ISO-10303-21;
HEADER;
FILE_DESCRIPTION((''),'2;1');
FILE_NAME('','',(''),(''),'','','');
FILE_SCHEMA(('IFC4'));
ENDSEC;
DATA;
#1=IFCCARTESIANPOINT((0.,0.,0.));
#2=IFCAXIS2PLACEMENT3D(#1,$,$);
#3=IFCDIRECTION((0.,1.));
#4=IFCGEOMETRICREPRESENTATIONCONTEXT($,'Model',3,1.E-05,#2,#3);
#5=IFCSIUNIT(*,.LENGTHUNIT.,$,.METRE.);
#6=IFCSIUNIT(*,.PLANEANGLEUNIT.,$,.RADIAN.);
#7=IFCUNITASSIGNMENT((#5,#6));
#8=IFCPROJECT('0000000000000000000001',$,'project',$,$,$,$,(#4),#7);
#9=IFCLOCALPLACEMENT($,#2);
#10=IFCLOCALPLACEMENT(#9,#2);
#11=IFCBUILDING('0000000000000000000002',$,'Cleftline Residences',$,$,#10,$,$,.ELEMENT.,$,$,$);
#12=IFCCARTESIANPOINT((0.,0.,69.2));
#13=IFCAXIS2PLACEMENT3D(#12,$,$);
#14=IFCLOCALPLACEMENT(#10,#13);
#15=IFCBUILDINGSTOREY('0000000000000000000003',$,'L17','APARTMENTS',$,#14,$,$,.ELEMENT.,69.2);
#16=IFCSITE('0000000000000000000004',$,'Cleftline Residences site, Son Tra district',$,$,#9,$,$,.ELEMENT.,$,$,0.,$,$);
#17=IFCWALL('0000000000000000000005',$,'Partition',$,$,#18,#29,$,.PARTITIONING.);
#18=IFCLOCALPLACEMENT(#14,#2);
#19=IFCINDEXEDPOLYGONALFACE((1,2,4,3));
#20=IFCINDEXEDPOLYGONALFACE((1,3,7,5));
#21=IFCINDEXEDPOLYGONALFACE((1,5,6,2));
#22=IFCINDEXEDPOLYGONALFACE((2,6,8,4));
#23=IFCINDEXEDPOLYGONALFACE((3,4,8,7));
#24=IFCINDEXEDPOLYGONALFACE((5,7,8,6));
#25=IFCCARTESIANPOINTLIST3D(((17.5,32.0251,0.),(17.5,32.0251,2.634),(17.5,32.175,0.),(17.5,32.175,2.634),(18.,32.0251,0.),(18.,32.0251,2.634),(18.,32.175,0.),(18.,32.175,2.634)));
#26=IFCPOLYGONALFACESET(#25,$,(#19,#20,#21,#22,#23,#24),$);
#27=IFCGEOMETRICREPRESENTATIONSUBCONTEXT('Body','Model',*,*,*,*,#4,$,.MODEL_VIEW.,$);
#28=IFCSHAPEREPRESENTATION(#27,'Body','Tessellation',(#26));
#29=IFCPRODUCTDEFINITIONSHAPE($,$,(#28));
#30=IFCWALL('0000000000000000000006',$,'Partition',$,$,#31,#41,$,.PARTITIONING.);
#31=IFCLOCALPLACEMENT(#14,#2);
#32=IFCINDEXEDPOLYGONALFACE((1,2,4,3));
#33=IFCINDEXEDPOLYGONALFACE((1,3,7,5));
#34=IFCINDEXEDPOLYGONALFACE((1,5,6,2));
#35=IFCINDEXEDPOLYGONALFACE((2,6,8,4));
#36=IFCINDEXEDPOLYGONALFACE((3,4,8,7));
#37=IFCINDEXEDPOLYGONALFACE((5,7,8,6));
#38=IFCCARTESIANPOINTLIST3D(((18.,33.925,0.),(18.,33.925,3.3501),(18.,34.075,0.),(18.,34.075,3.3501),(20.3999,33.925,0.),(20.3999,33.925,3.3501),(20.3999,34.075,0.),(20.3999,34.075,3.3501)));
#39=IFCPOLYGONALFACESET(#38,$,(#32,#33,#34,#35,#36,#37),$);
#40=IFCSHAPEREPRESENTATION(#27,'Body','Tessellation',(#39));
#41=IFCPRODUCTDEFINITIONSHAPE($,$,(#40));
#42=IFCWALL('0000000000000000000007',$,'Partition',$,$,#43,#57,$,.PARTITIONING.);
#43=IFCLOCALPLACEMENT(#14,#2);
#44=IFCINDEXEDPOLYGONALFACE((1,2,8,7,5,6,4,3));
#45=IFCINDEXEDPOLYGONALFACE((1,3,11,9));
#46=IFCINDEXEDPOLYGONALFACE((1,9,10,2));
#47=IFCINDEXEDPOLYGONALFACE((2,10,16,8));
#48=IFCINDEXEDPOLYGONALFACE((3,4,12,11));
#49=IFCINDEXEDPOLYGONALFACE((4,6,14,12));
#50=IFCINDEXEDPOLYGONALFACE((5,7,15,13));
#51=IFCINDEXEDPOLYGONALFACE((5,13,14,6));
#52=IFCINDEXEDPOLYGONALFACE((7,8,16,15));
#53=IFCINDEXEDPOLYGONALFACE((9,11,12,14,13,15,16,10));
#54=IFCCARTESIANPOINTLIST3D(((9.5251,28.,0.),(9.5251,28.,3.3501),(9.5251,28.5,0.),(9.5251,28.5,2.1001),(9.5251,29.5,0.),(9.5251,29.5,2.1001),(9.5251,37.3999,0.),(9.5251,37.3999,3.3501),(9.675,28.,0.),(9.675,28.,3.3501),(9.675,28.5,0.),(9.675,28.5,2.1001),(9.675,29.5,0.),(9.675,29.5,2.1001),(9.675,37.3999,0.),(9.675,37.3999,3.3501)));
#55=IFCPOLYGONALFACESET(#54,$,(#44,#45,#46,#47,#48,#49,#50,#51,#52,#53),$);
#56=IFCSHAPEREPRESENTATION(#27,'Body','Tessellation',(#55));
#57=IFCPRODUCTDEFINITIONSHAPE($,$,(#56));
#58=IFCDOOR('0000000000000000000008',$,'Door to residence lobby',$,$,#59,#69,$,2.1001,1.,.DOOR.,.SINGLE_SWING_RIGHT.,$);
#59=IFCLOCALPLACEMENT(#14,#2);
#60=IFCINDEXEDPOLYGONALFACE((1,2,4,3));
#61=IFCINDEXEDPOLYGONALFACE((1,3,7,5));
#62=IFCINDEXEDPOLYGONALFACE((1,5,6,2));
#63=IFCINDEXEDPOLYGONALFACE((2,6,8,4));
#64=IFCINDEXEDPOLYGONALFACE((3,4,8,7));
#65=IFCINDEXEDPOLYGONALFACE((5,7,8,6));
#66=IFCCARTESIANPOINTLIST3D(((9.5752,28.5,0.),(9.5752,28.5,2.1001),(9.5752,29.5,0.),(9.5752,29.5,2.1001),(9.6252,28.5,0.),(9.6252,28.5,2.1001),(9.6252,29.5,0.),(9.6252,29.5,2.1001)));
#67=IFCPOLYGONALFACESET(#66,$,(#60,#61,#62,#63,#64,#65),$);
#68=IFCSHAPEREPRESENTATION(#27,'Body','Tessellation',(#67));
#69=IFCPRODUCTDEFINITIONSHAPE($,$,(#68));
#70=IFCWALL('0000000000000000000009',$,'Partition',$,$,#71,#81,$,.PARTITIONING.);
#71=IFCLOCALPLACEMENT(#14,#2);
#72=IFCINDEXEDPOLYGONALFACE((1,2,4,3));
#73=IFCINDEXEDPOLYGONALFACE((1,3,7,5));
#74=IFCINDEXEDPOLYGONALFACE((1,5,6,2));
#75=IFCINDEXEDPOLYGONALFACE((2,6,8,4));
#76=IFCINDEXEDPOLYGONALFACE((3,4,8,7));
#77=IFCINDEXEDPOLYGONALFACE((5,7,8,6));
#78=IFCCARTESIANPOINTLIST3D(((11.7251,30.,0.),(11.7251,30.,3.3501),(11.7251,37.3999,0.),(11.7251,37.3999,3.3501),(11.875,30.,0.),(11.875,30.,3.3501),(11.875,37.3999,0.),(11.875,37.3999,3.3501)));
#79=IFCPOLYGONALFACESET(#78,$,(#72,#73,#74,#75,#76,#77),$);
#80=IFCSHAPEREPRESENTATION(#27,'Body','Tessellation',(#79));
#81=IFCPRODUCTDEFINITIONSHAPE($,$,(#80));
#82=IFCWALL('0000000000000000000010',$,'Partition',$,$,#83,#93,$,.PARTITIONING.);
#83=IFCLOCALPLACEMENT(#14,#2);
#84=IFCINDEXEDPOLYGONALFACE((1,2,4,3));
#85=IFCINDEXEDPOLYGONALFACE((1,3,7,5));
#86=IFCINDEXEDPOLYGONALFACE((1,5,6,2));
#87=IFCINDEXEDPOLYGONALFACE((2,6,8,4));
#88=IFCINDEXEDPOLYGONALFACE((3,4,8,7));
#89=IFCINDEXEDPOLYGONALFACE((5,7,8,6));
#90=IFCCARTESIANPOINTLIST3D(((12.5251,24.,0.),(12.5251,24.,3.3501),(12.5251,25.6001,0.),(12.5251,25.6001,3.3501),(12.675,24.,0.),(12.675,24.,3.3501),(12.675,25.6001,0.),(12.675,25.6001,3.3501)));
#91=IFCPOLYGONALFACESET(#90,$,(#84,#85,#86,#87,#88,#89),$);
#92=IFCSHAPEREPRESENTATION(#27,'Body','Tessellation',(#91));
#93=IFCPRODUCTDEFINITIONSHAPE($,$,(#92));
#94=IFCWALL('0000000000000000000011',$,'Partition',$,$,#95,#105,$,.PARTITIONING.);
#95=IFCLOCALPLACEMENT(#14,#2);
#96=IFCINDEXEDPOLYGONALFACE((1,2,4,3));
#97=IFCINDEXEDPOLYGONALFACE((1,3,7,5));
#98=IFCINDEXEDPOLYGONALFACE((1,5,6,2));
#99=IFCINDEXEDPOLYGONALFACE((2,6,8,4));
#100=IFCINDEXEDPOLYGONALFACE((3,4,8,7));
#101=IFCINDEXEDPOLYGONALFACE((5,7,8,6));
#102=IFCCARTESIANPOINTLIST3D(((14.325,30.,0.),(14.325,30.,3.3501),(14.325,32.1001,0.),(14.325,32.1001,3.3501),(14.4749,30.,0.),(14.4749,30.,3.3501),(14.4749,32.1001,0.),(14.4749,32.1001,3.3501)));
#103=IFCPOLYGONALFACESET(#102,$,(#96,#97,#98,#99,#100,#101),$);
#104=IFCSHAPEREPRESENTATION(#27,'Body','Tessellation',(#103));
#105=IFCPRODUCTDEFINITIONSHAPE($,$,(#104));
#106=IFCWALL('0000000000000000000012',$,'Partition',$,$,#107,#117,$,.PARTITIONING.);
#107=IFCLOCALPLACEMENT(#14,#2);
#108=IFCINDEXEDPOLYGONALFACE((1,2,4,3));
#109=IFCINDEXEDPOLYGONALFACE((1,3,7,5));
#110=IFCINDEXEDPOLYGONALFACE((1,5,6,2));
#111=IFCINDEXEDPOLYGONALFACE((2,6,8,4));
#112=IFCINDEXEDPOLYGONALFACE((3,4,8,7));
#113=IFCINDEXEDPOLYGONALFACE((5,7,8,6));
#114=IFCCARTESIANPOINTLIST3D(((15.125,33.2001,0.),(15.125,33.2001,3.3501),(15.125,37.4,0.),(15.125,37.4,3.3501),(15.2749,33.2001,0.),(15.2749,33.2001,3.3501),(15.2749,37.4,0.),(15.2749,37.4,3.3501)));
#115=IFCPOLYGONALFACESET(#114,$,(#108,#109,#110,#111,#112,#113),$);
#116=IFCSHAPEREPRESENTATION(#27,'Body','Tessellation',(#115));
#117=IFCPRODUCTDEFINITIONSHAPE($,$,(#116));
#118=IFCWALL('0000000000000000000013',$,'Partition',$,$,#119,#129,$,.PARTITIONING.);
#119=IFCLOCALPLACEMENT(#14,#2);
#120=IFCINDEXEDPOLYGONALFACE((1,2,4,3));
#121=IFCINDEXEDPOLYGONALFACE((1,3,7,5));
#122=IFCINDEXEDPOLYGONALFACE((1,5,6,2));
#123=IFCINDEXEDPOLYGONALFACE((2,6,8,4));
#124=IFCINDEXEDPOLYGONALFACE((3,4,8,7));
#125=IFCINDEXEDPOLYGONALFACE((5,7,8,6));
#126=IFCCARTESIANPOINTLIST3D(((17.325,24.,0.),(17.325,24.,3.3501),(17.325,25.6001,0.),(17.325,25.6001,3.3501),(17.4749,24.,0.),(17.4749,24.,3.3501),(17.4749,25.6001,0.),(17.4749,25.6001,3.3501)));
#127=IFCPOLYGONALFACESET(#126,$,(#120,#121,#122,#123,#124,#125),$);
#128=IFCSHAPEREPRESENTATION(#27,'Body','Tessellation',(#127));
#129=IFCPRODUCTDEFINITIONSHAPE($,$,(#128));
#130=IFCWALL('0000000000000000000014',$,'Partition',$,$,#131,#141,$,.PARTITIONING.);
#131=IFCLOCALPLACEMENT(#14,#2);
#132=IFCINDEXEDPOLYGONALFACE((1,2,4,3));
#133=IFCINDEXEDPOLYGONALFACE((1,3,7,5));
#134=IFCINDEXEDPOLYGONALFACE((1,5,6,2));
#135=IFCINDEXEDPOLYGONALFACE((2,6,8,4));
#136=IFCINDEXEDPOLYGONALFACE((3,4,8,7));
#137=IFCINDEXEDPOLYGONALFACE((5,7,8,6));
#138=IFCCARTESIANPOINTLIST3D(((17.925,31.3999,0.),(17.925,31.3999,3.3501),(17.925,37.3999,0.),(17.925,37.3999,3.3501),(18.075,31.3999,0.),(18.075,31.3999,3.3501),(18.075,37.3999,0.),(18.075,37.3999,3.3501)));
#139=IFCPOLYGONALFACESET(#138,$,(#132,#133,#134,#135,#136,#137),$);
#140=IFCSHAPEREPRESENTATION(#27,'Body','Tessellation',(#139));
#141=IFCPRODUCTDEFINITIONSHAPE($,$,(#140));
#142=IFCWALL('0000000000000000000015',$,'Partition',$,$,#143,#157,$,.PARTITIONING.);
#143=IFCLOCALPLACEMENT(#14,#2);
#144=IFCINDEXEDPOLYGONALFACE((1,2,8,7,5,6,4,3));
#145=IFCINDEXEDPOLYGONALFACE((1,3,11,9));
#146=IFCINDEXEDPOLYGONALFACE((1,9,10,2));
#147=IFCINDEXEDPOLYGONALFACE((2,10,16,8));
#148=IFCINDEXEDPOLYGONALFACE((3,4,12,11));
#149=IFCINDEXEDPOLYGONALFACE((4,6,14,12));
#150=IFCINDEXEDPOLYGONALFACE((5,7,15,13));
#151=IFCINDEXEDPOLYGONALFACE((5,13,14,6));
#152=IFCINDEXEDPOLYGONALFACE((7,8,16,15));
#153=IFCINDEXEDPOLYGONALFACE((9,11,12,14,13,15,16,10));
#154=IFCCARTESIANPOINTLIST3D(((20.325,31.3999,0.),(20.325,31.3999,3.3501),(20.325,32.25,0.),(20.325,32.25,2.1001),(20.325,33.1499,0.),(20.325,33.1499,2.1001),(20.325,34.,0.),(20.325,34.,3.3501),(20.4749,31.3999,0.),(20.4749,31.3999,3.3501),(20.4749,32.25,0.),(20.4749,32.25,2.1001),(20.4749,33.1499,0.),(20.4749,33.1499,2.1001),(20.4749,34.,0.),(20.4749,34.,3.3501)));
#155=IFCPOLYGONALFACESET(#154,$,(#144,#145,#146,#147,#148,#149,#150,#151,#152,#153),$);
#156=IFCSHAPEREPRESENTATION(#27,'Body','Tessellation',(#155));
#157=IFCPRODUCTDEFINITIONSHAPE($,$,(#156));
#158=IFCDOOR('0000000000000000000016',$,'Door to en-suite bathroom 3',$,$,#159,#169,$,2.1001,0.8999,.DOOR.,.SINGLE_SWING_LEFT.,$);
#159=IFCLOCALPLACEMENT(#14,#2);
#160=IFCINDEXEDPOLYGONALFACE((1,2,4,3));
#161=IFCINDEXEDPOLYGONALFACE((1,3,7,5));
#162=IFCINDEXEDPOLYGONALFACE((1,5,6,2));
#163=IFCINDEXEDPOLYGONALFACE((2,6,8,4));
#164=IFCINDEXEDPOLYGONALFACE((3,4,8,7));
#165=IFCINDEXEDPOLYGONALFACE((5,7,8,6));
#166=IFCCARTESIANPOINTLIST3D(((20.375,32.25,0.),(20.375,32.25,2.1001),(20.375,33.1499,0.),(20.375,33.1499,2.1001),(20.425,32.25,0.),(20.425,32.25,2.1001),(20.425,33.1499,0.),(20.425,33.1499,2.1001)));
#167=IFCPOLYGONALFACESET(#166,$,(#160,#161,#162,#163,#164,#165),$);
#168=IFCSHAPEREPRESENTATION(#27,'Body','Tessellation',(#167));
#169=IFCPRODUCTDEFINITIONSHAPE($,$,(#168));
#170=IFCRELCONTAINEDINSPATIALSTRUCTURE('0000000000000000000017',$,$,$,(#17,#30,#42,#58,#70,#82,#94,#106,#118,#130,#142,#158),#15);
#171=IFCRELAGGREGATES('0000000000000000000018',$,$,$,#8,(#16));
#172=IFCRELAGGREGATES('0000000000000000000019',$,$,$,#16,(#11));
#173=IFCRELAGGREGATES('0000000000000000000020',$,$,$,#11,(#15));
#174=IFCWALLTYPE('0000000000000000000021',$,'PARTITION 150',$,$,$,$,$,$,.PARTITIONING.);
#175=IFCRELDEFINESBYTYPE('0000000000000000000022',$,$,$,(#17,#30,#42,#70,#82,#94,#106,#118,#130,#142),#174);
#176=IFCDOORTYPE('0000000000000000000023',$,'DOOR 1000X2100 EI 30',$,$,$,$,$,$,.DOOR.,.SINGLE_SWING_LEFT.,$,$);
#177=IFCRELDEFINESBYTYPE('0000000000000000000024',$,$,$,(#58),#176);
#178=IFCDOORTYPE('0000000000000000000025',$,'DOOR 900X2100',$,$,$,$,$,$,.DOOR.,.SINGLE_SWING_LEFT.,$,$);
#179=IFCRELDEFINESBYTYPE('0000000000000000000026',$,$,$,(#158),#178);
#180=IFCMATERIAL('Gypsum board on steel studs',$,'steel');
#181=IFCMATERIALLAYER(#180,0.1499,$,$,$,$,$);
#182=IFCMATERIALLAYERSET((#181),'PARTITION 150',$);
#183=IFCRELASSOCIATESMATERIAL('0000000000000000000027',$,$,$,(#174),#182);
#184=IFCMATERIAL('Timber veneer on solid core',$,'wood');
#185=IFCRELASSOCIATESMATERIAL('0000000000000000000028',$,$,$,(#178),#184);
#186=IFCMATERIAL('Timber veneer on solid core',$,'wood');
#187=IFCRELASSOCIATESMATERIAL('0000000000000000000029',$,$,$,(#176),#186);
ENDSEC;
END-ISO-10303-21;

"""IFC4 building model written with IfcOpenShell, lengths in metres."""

from ifc_helpers import new_model, si_unit, direction, frame, frame_2d, origin, place, context, subcontext, project, spatial, rectangle, extrude, material, layer, layer_set, type_object, element, fill, save


model = new_model("IFC4")

# Units and contexts
model_context = context("Model", 3, precision=1e-05, world=origin(), true_north=direction((0.0, 1.0)))
body_context = subcontext(model_context, "Body", "Model", "MODEL_VIEW")
ifc_project = project(units=[si_unit("LENGTHUNIT", "METRE"), si_unit("PLANEANGLEUNIT", "RADIAN")], contexts=[model_context])

# Site, building, storey
site_placement = place(None, origin())
site = spatial("IfcSite", under=ifc_project, at=site_placement, Name="Cleftline Residences site, Son Tra district", CompositionType="ELEMENT", RefElevation=0.0)
building_placement = place(site_placement, origin())
building = spatial("IfcBuilding", under=site, at=building_placement, Name="Cleftline Residences", CompositionType="ELEMENT")
storey_placement = place(building_placement, frame((0.0, 0.0, 69.2)))
storey = spatial("IfcBuildingStorey", under=building, at=storey_placement, Name="L17", Description="APARTMENTS", CompositionType="ELEMENT", Elevation=69.2)

# Shared definitions
ifc_material_1 = material(Name="Gypsum board on steel studs", Category="steel")
ifc_layer_1 = layer(ifc_material_1, 0.1499)
ifc_layer_set_1 = layer_set([ifc_layer_1], Name="PARTITION 150")
wall_type_1 = type_object("IfcWallType", Name="PARTITION 150", PredefinedType="PARTITIONING", material=ifc_layer_set_1)
ifc_material_2 = material(Name="Timber veneer on solid core", Category="wood")
door_type_1 = type_object("IfcDoorType", Name="DOOR 900X2100", OperationType="SINGLE_SWING_LEFT", PredefinedType="DOOR", material=ifc_material_2)

# Walls
wall_1_placement = place(storey_placement, frame((17.5, 32.1001, 0.0), z_axis=(0.0, 0.0, 1.0), x_axis=(1.0, 0.0, 0.0)))
element("IfcWall", 1, at=wall_1_placement, inside=storey, type_object=wall_type_1, Name="Partition", PredefinedType="PARTITIONING", context=body_context, shape_type="SweptSolid", body=[
    extrude(rectangle(XDim=0.5, YDim=0.1499, at=frame_2d((0.25, 0.0))), origin(), (0.0, 0.0, 1.0), 2.634),
])
wall_2_placement = place(storey_placement, frame((18.0, 34.0, 0.0), z_axis=(0.0, 0.0, 1.0), x_axis=(1.0, 0.0, 0.0)))
element("IfcWall", 2, at=wall_2_placement, inside=storey, type_object=wall_type_1, Name="Partition", PredefinedType="PARTITIONING", context=body_context, shape_type="SweptSolid", body=[
    extrude(rectangle(XDim=2.3999, YDim=0.1499, at=frame_2d((1.2, 0.0))), origin(), (0.0, 0.0, 1.0), 3.3501),
])

# Wall, opening, door
wall_3_placement = place(storey_placement, frame((9.6001, 28.0, 0.0), z_axis=(0.0, 0.0, 1.0), x_axis=(0.0, 1.0, 0.0)))
wall_3 = element("IfcWall", 3, at=wall_3_placement, inside=storey, type_object=wall_type_1, Name="Partition", PredefinedType="PARTITIONING", context=body_context, shape_type="SweptSolid", body=[
    extrude(rectangle(XDim=9.3999, YDim=0.1499, at=frame_2d((4.7, 0.0))), origin(), (0.0, 0.0, 1.0), 3.3501),
])
opening_1_placement = place(wall_3_placement, frame((0.5, 0.0, 0.0)))
opening_1 = element("IfcOpeningElement", 4, at=opening_1_placement, cuts=wall_3, PredefinedType="OPENING", context=body_context, shape_type="SweptSolid", body=[
    extrude(rectangle(XDim=1.0, YDim=2.1001, at=frame_2d((0.5, 1.05))), frame((0.0, 0.085, 0.0), z_axis=(0.0, -1.0, 0.0), x_axis=(1.0, 0.0, 0.0)), (0.0, 0.0, 1.0), 0.1699),
])
ifc_material_3 = material(Name="Timber veneer on solid core", Category="wood")
door_type_2 = type_object("IfcDoorType", Name="DOOR 1000X2100 EI 30", OperationType="SINGLE_SWING_LEFT", PredefinedType="DOOR", material=ifc_material_3)
door_1_placement = place(opening_1_placement, origin())
door_1 = element("IfcDoor", 5, at=door_1_placement, inside=storey, type_object=door_type_2, Name="Door to residence lobby", OperationType="SINGLE_SWING_RIGHT", OverallHeight=2.1001, OverallWidth=1.0, PredefinedType="DOOR", context=body_context, shape_type="SweptSolid", body=[
    extrude(rectangle(XDim=1.0, YDim=2.1001, at=frame_2d((0.5, 1.05))), frame((0.0, 0.0249, 0.0), z_axis=(0.0, -1.0, 0.0), x_axis=(1.0, 0.0, 0.0)), (0.0, 0.0, 1.0), 0.05),
])
fill(opening_1, door_1)

# Walls
wall_4_placement = place(storey_placement, frame((11.8, 30.0, 0.0), z_axis=(0.0, 0.0, 1.0), x_axis=(0.0, 1.0, 0.0)))
element("IfcWall", 6, at=wall_4_placement, inside=storey, type_object=wall_type_1, Name="Partition", PredefinedType="PARTITIONING", context=body_context, shape_type="SweptSolid", body=[
    extrude(rectangle(XDim=7.3999, YDim=0.1499, at=frame_2d((3.7, 0.0))), origin(), (0.0, 0.0, 1.0), 3.3501),
])
wall_5_placement = place(storey_placement, frame((12.6001, 24.0, 0.0), z_axis=(0.0, 0.0, 1.0), x_axis=(0.0, 1.0, 0.0)))
element("IfcWall", 7, at=wall_5_placement, inside=storey, type_object=wall_type_1, Name="Partition", PredefinedType="PARTITIONING", context=body_context, shape_type="SweptSolid", body=[
    extrude(rectangle(XDim=1.6001, YDim=0.1499, at=frame_2d((0.8, 0.0))), origin(), (0.0, 0.0, 1.0), 3.3501),
])
wall_6_placement = place(storey_placement, frame((14.3999, 30.0, 0.0), z_axis=(0.0, 0.0, 1.0), x_axis=(0.0, 1.0, 0.0)))
element("IfcWall", 8, at=wall_6_placement, inside=storey, type_object=wall_type_1, Name="Partition", PredefinedType="PARTITIONING", context=body_context, shape_type="SweptSolid", body=[
    extrude(rectangle(XDim=2.1001, YDim=0.1499, at=frame_2d((1.05, 0.0))), origin(), (0.0, 0.0, 1.0), 3.3501),
])
wall_7_placement = place(storey_placement, frame((15.2, 33.2, 0.0), z_axis=(0.0, 0.0, 1.0), x_axis=(0.0, 1.0, 0.0)))
element("IfcWall", 9, at=wall_7_placement, inside=storey, type_object=wall_type_1, Name="Partition", PredefinedType="PARTITIONING", context=body_context, shape_type="SweptSolid", body=[
    extrude(rectangle(XDim=4.2, YDim=0.1499, at=frame_2d((2.1001, 0.0))), origin(), (0.0, 0.0, 1.0), 3.3501),
])
wall_8_placement = place(storey_placement, frame((17.3999, 24.0, 0.0), z_axis=(0.0, 0.0, 1.0), x_axis=(0.0, 1.0, 0.0)))
element("IfcWall", 10, at=wall_8_placement, inside=storey, type_object=wall_type_1, Name="Partition", PredefinedType="PARTITIONING", context=body_context, shape_type="SweptSolid", body=[
    extrude(rectangle(XDim=1.6001, YDim=0.1499, at=frame_2d((0.8, 0.0))), origin(), (0.0, 0.0, 1.0), 3.3501),
])
wall_9_placement = place(storey_placement, frame((18.0, 31.3999, 0.0), z_axis=(0.0, 0.0, 1.0), x_axis=(0.0, 1.0, 0.0)))
element("IfcWall", 11, at=wall_9_placement, inside=storey, type_object=wall_type_1, Name="Partition", PredefinedType="PARTITIONING", context=body_context, shape_type="SweptSolid", body=[
    extrude(rectangle(XDim=6.0, YDim=0.1499, at=frame_2d((3.0, 0.0))), origin(), (0.0, 0.0, 1.0), 3.3501),
])

# Wall, opening, door
wall_10_placement = place(storey_placement, frame((20.3999, 31.3999, 0.0), z_axis=(0.0, 0.0, 1.0), x_axis=(0.0, 1.0, 0.0)))
wall_10 = element("IfcWall", 12, at=wall_10_placement, inside=storey, type_object=wall_type_1, Name="Partition", PredefinedType="PARTITIONING", context=body_context, shape_type="SweptSolid", body=[
    extrude(rectangle(XDim=2.6001, YDim=0.1499, at=frame_2d((1.3, 0.0))), origin(), (0.0, 0.0, 1.0), 3.3501),
])
opening_2_placement = place(wall_10_placement, frame((0.8501, 0.0, 0.0)))
opening_2 = element("IfcOpeningElement", 13, at=opening_2_placement, cuts=wall_10, PredefinedType="OPENING", context=body_context, shape_type="SweptSolid", body=[
    extrude(rectangle(XDim=0.8999, YDim=2.1001, at=frame_2d((0.45, 1.05))), frame((0.0, 0.085, 0.0), z_axis=(0.0, -1.0, 0.0), x_axis=(1.0, 0.0, 0.0)), (0.0, 0.0, 1.0), 0.1699),
])
door_2_placement = place(opening_2_placement, origin())
door_2 = element("IfcDoor", 14, at=door_2_placement, inside=storey, type_object=door_type_1, Name="Door to en-suite bathroom 3", OperationType="SINGLE_SWING_LEFT", OverallHeight=2.1001, OverallWidth=0.8999, PredefinedType="DOOR", context=body_context, shape_type="SweptSolid", body=[
    extrude(rectangle(XDim=0.8999, YDim=2.1001, at=frame_2d((0.45, 1.05))), frame((0.0, 0.0249, 0.0), z_axis=(0.0, -1.0, 0.0), x_axis=(1.0, 0.0, 0.0)), (0.0, 0.0, 1.0), 0.05),
])
fill(opening_2, door_2)

save(model, "model.ifc")
